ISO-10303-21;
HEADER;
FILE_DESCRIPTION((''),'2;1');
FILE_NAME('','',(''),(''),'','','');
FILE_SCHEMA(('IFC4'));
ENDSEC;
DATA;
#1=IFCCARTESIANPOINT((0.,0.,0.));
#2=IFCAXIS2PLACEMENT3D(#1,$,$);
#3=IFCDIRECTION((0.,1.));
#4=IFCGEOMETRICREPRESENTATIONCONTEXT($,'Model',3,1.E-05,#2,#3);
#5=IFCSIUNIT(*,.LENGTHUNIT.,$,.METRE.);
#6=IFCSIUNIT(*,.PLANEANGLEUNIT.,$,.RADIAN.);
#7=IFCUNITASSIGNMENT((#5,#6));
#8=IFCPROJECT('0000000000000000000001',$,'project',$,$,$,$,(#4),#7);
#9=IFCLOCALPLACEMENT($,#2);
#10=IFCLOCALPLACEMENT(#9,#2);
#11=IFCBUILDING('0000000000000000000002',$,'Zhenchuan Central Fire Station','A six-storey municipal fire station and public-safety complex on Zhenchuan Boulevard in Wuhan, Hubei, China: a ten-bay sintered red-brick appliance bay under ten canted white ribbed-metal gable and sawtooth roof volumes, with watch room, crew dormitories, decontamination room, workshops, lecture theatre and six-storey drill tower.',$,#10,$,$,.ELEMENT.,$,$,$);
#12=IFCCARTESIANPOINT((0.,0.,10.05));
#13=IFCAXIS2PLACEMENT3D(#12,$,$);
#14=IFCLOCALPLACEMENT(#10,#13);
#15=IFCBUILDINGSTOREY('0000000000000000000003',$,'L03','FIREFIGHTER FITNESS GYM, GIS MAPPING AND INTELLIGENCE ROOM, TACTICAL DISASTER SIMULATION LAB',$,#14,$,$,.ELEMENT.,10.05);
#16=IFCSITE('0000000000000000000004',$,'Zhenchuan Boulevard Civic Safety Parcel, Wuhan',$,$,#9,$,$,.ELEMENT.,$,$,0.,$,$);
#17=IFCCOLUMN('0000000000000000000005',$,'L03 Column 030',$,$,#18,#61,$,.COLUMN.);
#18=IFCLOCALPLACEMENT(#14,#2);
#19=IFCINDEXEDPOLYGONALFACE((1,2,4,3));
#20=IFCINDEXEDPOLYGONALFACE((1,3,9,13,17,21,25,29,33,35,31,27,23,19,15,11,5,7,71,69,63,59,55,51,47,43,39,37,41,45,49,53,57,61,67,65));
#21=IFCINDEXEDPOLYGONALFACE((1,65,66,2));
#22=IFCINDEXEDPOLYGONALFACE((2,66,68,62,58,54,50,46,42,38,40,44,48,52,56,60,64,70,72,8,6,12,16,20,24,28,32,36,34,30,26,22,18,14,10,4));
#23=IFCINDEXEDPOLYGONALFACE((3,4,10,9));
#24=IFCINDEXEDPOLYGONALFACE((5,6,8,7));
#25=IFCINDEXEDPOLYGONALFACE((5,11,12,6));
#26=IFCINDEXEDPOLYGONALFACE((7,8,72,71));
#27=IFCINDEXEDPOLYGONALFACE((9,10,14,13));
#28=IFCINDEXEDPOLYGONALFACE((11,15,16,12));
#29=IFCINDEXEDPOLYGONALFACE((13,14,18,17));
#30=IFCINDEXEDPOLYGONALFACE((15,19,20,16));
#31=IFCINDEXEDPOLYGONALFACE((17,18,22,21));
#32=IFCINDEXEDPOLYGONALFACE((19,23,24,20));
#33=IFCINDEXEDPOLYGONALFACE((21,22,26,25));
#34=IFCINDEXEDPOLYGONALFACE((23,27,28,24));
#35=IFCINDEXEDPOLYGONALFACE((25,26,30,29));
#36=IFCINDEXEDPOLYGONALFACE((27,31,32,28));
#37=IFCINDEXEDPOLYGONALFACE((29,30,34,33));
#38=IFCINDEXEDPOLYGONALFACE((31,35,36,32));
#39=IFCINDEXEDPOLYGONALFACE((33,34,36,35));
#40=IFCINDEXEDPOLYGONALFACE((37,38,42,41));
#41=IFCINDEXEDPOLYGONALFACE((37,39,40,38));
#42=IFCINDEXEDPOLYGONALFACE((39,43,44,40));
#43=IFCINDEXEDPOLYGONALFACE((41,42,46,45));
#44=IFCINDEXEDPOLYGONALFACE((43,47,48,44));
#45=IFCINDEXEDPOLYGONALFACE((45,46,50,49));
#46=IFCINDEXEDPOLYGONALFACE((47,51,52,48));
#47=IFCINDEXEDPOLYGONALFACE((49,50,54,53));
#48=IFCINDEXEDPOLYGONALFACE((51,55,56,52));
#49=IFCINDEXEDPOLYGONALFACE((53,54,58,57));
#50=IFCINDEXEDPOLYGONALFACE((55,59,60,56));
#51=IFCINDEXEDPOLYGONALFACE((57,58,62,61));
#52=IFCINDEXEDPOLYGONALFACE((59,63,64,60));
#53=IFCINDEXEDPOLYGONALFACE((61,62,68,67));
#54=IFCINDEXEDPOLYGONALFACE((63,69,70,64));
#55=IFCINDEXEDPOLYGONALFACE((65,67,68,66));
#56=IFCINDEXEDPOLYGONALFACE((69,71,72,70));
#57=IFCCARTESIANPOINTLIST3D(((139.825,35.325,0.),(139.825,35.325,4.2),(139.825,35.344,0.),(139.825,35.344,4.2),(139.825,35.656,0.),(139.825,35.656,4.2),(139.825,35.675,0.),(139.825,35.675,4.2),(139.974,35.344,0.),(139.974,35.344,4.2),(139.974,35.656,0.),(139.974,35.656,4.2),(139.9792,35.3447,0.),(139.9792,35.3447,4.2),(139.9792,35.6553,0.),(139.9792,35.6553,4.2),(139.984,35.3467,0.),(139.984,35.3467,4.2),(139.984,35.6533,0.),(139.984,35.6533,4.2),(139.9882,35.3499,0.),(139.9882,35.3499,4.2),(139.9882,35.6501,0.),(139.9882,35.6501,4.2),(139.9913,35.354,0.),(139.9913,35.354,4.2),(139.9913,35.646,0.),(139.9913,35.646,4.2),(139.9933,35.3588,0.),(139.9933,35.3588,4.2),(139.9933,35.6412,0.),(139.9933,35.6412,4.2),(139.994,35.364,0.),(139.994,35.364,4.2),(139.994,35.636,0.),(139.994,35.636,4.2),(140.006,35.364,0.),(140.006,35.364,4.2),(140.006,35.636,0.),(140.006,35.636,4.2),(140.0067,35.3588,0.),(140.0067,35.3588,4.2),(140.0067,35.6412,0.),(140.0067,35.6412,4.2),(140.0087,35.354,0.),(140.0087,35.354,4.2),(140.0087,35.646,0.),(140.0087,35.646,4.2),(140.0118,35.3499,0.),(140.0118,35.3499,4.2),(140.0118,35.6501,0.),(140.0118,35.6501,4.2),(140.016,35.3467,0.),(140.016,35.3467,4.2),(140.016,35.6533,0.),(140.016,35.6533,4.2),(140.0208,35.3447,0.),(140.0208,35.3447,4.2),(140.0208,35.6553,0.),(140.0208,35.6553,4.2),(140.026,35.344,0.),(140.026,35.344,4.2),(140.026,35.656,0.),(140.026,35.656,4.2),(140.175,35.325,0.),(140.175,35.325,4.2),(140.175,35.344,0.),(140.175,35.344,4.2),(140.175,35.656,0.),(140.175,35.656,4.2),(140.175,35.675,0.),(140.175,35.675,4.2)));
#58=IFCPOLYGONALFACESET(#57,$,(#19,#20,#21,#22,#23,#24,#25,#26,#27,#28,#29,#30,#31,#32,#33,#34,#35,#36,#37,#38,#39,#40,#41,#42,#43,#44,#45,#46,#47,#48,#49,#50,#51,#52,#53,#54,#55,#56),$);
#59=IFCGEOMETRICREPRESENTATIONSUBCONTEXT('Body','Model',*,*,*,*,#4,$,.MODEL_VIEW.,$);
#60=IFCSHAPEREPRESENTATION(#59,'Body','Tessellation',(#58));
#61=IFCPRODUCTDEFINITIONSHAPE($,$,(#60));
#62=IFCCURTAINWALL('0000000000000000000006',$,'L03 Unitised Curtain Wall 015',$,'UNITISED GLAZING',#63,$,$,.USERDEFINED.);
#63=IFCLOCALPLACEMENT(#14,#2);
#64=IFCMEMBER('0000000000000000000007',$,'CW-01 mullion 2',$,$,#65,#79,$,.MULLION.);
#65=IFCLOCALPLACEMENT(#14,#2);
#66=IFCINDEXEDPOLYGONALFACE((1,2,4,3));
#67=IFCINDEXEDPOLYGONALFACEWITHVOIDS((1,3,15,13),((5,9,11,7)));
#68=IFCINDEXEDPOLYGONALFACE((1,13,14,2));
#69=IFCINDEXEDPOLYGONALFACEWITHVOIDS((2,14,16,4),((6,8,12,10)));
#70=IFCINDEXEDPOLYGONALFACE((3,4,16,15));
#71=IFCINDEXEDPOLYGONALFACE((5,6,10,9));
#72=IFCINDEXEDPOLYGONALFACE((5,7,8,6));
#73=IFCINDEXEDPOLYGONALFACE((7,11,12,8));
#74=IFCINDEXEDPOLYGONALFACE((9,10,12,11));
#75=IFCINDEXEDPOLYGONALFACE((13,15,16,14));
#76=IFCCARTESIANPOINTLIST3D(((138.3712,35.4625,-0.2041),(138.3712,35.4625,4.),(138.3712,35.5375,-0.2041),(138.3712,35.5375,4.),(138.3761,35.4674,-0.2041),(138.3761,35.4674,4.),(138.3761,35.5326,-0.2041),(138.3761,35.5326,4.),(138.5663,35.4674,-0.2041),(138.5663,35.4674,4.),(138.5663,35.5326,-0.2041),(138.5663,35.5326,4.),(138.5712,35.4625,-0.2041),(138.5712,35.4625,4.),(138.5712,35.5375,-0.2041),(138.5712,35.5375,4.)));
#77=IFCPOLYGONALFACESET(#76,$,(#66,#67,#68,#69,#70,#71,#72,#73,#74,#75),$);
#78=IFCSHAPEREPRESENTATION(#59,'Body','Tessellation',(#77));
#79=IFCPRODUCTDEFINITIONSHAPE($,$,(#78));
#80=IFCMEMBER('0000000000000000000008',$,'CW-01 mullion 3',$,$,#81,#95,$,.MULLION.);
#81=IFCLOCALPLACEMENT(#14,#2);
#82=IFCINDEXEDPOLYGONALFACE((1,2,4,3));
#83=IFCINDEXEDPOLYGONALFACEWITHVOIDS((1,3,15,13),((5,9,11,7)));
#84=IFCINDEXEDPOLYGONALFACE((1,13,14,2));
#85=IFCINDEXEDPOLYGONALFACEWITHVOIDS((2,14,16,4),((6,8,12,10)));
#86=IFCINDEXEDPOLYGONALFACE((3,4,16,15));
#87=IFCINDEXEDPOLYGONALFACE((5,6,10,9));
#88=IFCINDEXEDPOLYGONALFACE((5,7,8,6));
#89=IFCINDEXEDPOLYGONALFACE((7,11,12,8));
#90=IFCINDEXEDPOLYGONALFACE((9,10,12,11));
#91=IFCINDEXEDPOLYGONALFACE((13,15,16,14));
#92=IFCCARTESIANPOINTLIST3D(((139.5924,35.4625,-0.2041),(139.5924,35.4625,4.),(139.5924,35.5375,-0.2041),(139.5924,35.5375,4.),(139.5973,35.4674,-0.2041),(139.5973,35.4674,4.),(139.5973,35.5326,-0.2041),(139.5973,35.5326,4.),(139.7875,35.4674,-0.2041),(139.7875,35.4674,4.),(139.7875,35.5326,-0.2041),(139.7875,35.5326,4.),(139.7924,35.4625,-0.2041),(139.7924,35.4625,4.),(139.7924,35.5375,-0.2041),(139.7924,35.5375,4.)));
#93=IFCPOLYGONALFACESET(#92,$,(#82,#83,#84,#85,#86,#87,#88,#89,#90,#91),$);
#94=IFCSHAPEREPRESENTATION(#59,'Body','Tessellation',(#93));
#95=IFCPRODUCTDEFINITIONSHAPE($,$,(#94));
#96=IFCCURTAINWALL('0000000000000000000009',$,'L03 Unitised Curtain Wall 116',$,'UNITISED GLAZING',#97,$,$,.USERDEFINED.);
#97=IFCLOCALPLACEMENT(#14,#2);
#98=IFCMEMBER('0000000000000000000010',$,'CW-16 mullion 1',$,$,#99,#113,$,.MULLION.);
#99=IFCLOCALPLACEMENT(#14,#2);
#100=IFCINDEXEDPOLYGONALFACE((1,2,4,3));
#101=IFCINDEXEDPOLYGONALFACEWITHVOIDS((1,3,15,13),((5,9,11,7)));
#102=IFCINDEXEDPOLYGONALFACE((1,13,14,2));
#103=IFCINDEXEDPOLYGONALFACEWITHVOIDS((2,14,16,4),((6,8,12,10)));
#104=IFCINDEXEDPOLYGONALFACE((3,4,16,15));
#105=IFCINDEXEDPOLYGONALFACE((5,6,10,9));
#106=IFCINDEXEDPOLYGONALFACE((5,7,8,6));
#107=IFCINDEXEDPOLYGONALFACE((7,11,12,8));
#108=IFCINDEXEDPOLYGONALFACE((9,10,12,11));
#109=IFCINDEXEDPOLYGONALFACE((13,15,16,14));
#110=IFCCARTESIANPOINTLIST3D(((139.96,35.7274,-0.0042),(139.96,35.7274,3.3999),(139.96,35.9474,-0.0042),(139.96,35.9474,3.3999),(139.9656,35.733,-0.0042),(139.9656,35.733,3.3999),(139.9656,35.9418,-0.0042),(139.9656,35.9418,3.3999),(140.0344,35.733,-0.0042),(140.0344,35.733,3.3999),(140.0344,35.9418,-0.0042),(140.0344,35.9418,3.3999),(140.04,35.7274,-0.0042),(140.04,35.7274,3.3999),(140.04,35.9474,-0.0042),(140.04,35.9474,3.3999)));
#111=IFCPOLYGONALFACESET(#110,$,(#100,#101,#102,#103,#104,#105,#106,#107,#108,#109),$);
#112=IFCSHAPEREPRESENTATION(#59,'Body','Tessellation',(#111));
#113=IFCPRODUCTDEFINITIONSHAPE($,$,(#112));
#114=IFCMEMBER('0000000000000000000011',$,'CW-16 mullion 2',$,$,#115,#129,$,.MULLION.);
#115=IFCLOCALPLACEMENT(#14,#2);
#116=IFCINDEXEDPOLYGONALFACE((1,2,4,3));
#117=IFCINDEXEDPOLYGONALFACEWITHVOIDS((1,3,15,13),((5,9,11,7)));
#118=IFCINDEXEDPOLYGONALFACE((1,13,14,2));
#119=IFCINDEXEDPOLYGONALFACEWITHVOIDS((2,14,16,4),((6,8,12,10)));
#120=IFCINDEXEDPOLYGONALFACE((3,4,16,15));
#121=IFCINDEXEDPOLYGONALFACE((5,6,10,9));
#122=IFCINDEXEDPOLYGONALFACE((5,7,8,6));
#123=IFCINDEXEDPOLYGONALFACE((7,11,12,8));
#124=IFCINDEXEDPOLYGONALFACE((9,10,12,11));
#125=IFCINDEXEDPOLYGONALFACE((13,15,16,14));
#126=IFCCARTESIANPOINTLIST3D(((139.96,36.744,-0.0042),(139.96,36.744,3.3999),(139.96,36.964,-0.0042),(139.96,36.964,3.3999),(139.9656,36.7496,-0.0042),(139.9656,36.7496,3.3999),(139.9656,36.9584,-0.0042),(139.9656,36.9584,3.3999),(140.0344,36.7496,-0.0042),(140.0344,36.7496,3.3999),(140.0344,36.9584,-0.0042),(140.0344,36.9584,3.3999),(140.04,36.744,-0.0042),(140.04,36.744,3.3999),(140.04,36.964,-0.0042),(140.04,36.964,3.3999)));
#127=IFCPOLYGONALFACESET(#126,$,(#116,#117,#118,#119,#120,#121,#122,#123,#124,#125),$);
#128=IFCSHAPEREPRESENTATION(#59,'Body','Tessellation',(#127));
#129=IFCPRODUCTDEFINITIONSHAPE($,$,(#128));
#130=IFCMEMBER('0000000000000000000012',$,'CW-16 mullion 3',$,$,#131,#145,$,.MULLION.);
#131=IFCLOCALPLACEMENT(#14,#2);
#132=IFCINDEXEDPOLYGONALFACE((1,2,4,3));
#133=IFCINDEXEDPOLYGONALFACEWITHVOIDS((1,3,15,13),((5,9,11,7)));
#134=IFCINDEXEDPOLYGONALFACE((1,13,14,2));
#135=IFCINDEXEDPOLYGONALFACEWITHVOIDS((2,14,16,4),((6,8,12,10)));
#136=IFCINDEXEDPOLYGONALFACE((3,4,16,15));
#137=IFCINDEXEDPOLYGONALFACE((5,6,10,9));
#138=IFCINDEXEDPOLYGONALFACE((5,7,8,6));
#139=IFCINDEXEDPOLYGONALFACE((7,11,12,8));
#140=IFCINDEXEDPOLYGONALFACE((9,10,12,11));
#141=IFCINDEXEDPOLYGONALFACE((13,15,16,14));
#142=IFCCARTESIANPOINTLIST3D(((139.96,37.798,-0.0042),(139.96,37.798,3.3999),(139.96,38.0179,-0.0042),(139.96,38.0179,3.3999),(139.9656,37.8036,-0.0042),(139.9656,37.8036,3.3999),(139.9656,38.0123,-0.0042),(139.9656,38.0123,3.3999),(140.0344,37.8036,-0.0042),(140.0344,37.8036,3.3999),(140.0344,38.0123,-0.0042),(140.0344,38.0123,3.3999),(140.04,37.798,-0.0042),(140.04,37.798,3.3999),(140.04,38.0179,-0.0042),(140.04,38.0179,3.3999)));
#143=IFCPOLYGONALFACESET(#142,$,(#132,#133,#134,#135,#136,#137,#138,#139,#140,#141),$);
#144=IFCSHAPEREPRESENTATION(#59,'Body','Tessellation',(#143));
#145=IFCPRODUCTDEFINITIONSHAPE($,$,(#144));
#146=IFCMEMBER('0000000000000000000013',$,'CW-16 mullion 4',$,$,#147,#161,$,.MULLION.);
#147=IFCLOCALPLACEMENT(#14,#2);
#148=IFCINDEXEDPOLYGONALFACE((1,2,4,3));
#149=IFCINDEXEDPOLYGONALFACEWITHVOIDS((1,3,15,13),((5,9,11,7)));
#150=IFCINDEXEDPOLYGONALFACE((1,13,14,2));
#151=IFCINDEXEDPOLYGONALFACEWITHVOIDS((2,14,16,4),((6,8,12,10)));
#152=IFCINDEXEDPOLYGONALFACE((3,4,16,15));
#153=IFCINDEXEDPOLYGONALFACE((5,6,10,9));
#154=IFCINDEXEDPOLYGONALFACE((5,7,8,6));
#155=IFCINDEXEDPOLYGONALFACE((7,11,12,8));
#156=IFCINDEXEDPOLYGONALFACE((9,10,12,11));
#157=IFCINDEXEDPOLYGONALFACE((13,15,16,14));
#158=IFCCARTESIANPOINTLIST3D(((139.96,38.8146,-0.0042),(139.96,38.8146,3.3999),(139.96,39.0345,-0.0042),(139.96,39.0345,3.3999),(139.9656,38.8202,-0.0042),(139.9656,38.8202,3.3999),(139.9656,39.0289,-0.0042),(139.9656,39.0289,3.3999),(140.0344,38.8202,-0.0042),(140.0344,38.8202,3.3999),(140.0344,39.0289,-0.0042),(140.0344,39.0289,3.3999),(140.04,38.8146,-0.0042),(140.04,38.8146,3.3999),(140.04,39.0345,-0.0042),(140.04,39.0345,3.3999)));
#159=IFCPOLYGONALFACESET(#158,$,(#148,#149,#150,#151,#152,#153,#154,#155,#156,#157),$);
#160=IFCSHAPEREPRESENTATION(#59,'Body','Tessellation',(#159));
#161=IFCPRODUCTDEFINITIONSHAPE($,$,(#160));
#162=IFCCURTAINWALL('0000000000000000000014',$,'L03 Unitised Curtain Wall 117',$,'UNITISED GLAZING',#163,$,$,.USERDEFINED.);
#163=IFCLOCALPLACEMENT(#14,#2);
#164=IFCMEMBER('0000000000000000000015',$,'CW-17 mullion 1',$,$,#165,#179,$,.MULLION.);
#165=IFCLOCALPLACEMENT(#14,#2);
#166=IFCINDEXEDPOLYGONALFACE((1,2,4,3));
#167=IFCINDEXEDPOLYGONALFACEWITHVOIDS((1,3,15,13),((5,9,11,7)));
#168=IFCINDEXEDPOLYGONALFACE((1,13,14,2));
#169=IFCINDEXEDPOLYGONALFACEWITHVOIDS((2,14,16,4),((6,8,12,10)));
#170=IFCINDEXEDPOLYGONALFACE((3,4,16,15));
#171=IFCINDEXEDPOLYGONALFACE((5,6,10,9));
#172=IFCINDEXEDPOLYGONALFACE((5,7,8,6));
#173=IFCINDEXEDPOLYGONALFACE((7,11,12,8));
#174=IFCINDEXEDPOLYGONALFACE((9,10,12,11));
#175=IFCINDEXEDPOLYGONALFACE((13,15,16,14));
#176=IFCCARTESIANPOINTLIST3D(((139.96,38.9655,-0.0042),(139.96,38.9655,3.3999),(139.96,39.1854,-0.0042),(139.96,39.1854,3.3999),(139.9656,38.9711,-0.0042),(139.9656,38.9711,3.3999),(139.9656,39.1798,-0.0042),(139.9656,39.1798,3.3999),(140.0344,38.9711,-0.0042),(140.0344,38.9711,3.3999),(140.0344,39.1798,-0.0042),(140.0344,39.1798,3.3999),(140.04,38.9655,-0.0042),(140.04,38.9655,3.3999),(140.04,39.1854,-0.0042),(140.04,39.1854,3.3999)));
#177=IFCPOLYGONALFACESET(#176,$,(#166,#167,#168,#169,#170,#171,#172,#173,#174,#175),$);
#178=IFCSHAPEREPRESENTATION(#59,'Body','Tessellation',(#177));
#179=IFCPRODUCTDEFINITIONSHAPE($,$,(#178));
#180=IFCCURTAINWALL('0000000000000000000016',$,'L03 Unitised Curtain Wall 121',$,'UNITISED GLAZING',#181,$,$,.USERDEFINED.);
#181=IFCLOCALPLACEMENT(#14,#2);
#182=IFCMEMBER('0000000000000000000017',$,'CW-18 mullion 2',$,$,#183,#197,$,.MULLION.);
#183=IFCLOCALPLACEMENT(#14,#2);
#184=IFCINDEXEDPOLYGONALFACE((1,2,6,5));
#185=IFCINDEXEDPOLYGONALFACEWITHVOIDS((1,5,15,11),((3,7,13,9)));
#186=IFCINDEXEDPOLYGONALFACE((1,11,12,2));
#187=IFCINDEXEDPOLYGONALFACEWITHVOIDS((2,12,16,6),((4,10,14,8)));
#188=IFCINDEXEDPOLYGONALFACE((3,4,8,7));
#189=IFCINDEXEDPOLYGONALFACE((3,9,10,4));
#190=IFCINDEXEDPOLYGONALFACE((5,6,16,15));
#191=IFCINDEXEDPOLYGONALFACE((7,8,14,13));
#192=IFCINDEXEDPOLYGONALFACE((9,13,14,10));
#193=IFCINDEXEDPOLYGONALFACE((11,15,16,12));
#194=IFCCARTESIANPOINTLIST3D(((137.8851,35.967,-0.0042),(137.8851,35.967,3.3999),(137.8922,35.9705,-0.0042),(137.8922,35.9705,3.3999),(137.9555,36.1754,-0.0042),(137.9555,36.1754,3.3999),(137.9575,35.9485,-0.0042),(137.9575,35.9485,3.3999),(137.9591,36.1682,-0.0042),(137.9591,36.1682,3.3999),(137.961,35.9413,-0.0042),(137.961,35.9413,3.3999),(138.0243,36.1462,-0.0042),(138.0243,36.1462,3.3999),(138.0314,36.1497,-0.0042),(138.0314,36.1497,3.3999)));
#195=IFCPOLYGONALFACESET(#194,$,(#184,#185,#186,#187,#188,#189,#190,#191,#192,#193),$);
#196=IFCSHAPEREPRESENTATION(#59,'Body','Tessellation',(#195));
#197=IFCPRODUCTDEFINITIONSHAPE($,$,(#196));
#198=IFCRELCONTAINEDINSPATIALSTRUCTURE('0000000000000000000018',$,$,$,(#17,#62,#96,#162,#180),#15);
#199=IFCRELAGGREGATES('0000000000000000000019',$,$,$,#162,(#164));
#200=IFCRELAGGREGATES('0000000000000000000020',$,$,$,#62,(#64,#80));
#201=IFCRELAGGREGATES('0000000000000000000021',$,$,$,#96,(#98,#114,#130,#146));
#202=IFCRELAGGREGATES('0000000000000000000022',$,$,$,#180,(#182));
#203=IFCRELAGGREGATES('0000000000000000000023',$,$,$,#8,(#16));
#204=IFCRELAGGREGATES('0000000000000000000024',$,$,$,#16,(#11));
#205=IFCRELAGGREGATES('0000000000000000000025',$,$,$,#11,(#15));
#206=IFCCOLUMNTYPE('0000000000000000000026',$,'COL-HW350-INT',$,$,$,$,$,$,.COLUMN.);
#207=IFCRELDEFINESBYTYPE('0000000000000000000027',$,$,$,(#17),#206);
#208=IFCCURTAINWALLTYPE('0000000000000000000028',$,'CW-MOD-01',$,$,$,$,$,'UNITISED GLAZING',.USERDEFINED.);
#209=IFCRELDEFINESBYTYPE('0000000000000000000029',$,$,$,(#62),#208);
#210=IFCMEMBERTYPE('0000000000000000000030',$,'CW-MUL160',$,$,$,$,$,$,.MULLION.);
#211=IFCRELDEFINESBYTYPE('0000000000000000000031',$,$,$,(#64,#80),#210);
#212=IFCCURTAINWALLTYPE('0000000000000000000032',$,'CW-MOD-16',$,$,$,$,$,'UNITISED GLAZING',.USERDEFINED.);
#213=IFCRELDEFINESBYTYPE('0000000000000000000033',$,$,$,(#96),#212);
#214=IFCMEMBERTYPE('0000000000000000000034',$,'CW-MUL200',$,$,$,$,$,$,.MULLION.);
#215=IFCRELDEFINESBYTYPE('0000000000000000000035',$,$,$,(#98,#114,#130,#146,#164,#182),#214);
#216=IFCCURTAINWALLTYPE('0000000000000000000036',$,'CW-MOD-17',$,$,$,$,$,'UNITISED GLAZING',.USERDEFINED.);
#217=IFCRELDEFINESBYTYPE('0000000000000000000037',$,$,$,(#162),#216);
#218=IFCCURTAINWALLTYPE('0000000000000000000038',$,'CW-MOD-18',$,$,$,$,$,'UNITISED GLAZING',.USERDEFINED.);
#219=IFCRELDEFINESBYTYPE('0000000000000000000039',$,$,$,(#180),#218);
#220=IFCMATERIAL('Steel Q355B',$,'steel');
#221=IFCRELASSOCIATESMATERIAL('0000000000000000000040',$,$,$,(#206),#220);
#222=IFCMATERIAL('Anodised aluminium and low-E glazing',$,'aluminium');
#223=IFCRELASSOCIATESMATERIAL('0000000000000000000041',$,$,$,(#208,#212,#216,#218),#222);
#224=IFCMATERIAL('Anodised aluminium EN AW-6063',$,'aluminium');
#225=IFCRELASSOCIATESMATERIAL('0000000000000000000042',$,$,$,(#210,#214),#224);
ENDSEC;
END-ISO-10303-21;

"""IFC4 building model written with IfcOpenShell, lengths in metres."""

from ifc_helpers import new_model, si_unit, direction, frame, origin, origin_2d, place, context, subcontext, project, spatial, hollow_rectangle, i_section, extrude, material, material_profile, profile_set, type_object, element, aggregate, save


model = new_model("IFC4")

# Units and contexts
model_context = context("Model", 3, precision=1e-05, world=origin(), true_north=direction((0.0, 1.0)))
body_context = subcontext(model_context, "Body", "Model", "MODEL_VIEW")
ifc_project = project(units=[si_unit("LENGTHUNIT", "METRE"), si_unit("PLANEANGLEUNIT", "RADIAN")], contexts=[model_context])

# Site, building, storey
site_placement = place(None, origin())
site = spatial("IfcSite", under=ifc_project, at=site_placement, Name="Zhenchuan Boulevard Civic Safety Parcel, Wuhan", CompositionType="ELEMENT", RefElevation=0.0)
building_placement = place(site_placement, origin())
building = spatial("IfcBuilding", under=site, at=building_placement, Name="Zhenchuan Central Fire Station", Description="A six-storey municipal fire station and public-safety complex on Zhenchuan Boulevard in Wuhan, Hubei, China: a ten-bay sintered red-brick appliance bay under ten canted white ribbed-metal gable and sawtooth roof volumes, with watch room, crew dormitories, decontamination room, workshops, lecture theatre and six-storey drill tower.", CompositionType="ELEMENT")
storey_placement = place(building_placement, frame((0.0, 0.0, 10.05)))
storey = spatial("IfcBuildingStorey", under=building, at=storey_placement, Name="L03", Description="FIREFIGHTER FITNESS GYM, GIS MAPPING AND INTELLIGENCE ROOM, TACTICAL DISASTER SIMULATION LAB", CompositionType="ELEMENT", Elevation=10.05)

# Column
ifc_material_1 = material(Name="Steel Q355B", Category="steel")
ifc_material_profile_1 = material_profile(ifc_material_1, i_section(OverallWidth=0.3501, OverallDepth=0.3501, WebThickness=0.012, FlangeThickness=0.019, FilletRadius=0.02, at=origin_2d()), Name="HW 350x350")
ifc_profile_set_1 = profile_set([ifc_material_profile_1], Name="Steel Q355B")
column_type = type_object("IfcColumnType", Name="COL-HW350-INT", PredefinedType="COLUMN", material=ifc_profile_set_1)
column_placement = place(storey_placement, frame((140.0, 35.5, 0.0), z_axis=(0.0, 0.0, 1.0), x_axis=(1.0, 0.0, 0.0)))
element("IfcColumn", 1, at=column_placement, inside=storey, type_object=column_type, Name="L03 Column 030", PredefinedType="COLUMN", context=body_context, shape_type="SweptSolid", body=[
    extrude(i_section(OverallWidth=0.3501, OverallDepth=0.3501, WebThickness=0.012, FlangeThickness=0.019, FilletRadius=0.02, at=origin_2d()), origin(), (0.0, 0.0, 1.0), 4.2),
])

# Curtain walls, members
ifc_material_2 = material(Name="Anodised aluminium and low-E glazing", Category="aluminium")
curtain_wall_type_1 = type_object("IfcCurtainWallType", Name="CW-MOD-01", ElementType="UNITISED GLAZING", PredefinedType="USERDEFINED", material=ifc_material_2)
curtain_wall_1_placement = place(storey_placement, origin())
curtain_wall_1 = element("IfcCurtainWall", 2, at=curtain_wall_1_placement, inside=storey, type_object=curtain_wall_type_1, Name="L03 Unitised Curtain Wall 015", ObjectType="UNITISED GLAZING", PredefinedType="USERDEFINED")
ifc_material_3 = material(Name="Anodised aluminium EN AW-6063", Category="aluminium")
ifc_material_profile_2 = material_profile(ifc_material_3, hollow_rectangle(XDim=0.075, YDim=0.2, WallThickness=0.0049, at=origin_2d()), Name="ALU-M 200x75")
ifc_profile_set_2 = profile_set([ifc_material_profile_2], Name="Anodised aluminium EN AW-6063")
member_type_1 = type_object("IfcMemberType", Name="CW-MUL160", PredefinedType="MULLION", material=ifc_profile_set_2)
member_1_placement = place(storey_placement, frame((138.4712, 35.5, -0.2041), z_axis=(0.0, 0.0, 1.0), x_axis=(0.0, 1.0, 0.0)))
member_1 = element("IfcMember", 3, at=member_1_placement, type_object=member_type_1, Name="CW-01 mullion 2", PredefinedType="MULLION", context=body_context, shape_type="SweptSolid", body=[
    extrude(hollow_rectangle(XDim=0.075, YDim=0.2, WallThickness=0.0049, at=origin_2d()), origin(), (0.0, 0.0, 1.0), 4.2041),
])
member_2_placement = place(storey_placement, frame((139.6924, 35.5, -0.2041), z_axis=(0.0, 0.0, 1.0), x_axis=(0.0, 1.0, 0.0)))
member_2 = element("IfcMember", 4, at=member_2_placement, type_object=member_type_1, Name="CW-01 mullion 3", PredefinedType="MULLION", context=body_context, shape_type="SweptSolid", body=[
    extrude(hollow_rectangle(XDim=0.075, YDim=0.2, WallThickness=0.0049, at=origin_2d()), origin(), (0.0, 0.0, 1.0), 4.2041),
])
curtain_wall_type_2 = type_object("IfcCurtainWallType", Name="CW-MOD-16", ElementType="UNITISED GLAZING", PredefinedType="USERDEFINED", material=ifc_material_2)
curtain_wall_2_placement = place(storey_placement, origin())
curtain_wall_2 = element("IfcCurtainWall", 5, at=curtain_wall_2_placement, inside=storey, type_object=curtain_wall_type_2, Name="L03 Unitised Curtain Wall 116", ObjectType="UNITISED GLAZING", PredefinedType="USERDEFINED")
ifc_material_profile_3 = material_profile(ifc_material_3, hollow_rectangle(XDim=0.0801, YDim=0.22, WallThickness=0.0056, at=origin_2d()), Name="ALU-M 220x80")
ifc_profile_set_3 = profile_set([ifc_material_profile_3], Name="Anodised aluminium EN AW-6063")
member_type_2 = type_object("IfcMemberType", Name="CW-MUL200", PredefinedType="MULLION", material=ifc_profile_set_3)
member_3_placement = place(storey_placement, frame((140.0, 35.8374, -0.0042), z_axis=(0.0, 0.0, 1.0), x_axis=(-1.0, 0.0, 0.0)))
member_3 = element("IfcMember", 6, at=member_3_placement, type_object=member_type_2, Name="CW-16 mullion 1", PredefinedType="MULLION", context=body_context, shape_type="SweptSolid", body=[
    extrude(hollow_rectangle(XDim=0.0801, YDim=0.22, WallThickness=0.0056, at=origin_2d()), origin(), (0.0, 0.0, 1.0), 3.4041),
])
member_4_placement = place(storey_placement, frame((140.0, 36.854, -0.0042), z_axis=(0.0, 0.0, 1.0), x_axis=(-1.0, 0.0, 0.0)))
member_4 = element("IfcMember", 7, at=member_4_placement, type_object=member_type_2, Name="CW-16 mullion 2", PredefinedType="MULLION", context=body_context, shape_type="SweptSolid", body=[
    extrude(hollow_rectangle(XDim=0.0801, YDim=0.22, WallThickness=0.0056, at=origin_2d()), origin(), (0.0, 0.0, 1.0), 3.4041),
])
member_5_placement = place(storey_placement, frame((140.0, 37.908, -0.0042), z_axis=(0.0, 0.0, 1.0), x_axis=(-1.0, 0.0, 0.0)))
member_5 = element("IfcMember", 8, at=member_5_placement, type_object=member_type_2, Name="CW-16 mullion 3", PredefinedType="MULLION", context=body_context, shape_type="SweptSolid", body=[
    extrude(hollow_rectangle(XDim=0.0801, YDim=0.22, WallThickness=0.0056, at=origin_2d()), origin(), (0.0, 0.0, 1.0), 3.4041),
])
member_6_placement = place(storey_placement, frame((140.0, 38.9246, -0.0042), z_axis=(0.0, 0.0, 1.0), x_axis=(-1.0, 0.0, 0.0)))
member_6 = element("IfcMember", 9, at=member_6_placement, type_object=member_type_2, Name="CW-16 mullion 4", PredefinedType="MULLION", context=body_context, shape_type="SweptSolid", body=[
    extrude(hollow_rectangle(XDim=0.0801, YDim=0.22, WallThickness=0.0056, at=origin_2d()), origin(), (0.0, 0.0, 1.0), 3.4041),
])

# Curtain wall, member
curtain_wall_type_3 = type_object("IfcCurtainWallType", Name="CW-MOD-17", ElementType="UNITISED GLAZING", PredefinedType="USERDEFINED", material=ifc_material_2)
curtain_wall_3_placement = place(storey_placement, origin())
curtain_wall_3 = element("IfcCurtainWall", 10, at=curtain_wall_3_placement, inside=storey, type_object=curtain_wall_type_3, Name="L03 Unitised Curtain Wall 117", ObjectType="UNITISED GLAZING", PredefinedType="USERDEFINED")
member_7_placement = place(storey_placement, frame((140.0, 39.0754, -0.0042), z_axis=(0.0, 0.0, 1.0), x_axis=(-1.0, 0.0, 0.0)))
member_7 = element("IfcMember", 11, at=member_7_placement, type_object=member_type_2, Name="CW-17 mullion 1", PredefinedType="MULLION", context=body_context, shape_type="SweptSolid", body=[
    extrude(hollow_rectangle(XDim=0.0801, YDim=0.22, WallThickness=0.0056, at=origin_2d()), origin(), (0.0, 0.0, 1.0), 3.4041),
])
aggregate(curtain_wall_3, [member_7])

# Curtain wall, member
curtain_wall_type_4 = type_object("IfcCurtainWallType", Name="CW-MOD-18", ElementType="UNITISED GLAZING", PredefinedType="USERDEFINED", material=ifc_material_2)
curtain_wall_4_placement = place(storey_placement, origin())
curtain_wall_4 = element("IfcCurtainWall", 12, at=curtain_wall_4_placement, inside=storey, type_object=curtain_wall_type_4, Name="L03 Unitised Curtain Wall 121", ObjectType="UNITISED GLAZING", PredefinedType="USERDEFINED")
member_8_placement = place(storey_placement, frame((137.9583, 36.0583, -0.0042), z_axis=(0.0, 0.0, 1.0), x_axis=(-0.947368, 0.320145, 0.0)))
member_8 = element("IfcMember", 13, at=member_8_placement, type_object=member_type_2, Name="CW-18 mullion 2", PredefinedType="MULLION", context=body_context, shape_type="SweptSolid", body=[
    extrude(hollow_rectangle(XDim=0.0801, YDim=0.22, WallThickness=0.0056, at=origin_2d()), origin(), (0.0, 0.0, 1.0), 3.4041),
])

aggregate(curtain_wall_1, [member_1, member_2])
aggregate(curtain_wall_2, [member_3, member_4, member_5, member_6])
aggregate(curtain_wall_4, [member_8])

save(model, "model.ifc")
